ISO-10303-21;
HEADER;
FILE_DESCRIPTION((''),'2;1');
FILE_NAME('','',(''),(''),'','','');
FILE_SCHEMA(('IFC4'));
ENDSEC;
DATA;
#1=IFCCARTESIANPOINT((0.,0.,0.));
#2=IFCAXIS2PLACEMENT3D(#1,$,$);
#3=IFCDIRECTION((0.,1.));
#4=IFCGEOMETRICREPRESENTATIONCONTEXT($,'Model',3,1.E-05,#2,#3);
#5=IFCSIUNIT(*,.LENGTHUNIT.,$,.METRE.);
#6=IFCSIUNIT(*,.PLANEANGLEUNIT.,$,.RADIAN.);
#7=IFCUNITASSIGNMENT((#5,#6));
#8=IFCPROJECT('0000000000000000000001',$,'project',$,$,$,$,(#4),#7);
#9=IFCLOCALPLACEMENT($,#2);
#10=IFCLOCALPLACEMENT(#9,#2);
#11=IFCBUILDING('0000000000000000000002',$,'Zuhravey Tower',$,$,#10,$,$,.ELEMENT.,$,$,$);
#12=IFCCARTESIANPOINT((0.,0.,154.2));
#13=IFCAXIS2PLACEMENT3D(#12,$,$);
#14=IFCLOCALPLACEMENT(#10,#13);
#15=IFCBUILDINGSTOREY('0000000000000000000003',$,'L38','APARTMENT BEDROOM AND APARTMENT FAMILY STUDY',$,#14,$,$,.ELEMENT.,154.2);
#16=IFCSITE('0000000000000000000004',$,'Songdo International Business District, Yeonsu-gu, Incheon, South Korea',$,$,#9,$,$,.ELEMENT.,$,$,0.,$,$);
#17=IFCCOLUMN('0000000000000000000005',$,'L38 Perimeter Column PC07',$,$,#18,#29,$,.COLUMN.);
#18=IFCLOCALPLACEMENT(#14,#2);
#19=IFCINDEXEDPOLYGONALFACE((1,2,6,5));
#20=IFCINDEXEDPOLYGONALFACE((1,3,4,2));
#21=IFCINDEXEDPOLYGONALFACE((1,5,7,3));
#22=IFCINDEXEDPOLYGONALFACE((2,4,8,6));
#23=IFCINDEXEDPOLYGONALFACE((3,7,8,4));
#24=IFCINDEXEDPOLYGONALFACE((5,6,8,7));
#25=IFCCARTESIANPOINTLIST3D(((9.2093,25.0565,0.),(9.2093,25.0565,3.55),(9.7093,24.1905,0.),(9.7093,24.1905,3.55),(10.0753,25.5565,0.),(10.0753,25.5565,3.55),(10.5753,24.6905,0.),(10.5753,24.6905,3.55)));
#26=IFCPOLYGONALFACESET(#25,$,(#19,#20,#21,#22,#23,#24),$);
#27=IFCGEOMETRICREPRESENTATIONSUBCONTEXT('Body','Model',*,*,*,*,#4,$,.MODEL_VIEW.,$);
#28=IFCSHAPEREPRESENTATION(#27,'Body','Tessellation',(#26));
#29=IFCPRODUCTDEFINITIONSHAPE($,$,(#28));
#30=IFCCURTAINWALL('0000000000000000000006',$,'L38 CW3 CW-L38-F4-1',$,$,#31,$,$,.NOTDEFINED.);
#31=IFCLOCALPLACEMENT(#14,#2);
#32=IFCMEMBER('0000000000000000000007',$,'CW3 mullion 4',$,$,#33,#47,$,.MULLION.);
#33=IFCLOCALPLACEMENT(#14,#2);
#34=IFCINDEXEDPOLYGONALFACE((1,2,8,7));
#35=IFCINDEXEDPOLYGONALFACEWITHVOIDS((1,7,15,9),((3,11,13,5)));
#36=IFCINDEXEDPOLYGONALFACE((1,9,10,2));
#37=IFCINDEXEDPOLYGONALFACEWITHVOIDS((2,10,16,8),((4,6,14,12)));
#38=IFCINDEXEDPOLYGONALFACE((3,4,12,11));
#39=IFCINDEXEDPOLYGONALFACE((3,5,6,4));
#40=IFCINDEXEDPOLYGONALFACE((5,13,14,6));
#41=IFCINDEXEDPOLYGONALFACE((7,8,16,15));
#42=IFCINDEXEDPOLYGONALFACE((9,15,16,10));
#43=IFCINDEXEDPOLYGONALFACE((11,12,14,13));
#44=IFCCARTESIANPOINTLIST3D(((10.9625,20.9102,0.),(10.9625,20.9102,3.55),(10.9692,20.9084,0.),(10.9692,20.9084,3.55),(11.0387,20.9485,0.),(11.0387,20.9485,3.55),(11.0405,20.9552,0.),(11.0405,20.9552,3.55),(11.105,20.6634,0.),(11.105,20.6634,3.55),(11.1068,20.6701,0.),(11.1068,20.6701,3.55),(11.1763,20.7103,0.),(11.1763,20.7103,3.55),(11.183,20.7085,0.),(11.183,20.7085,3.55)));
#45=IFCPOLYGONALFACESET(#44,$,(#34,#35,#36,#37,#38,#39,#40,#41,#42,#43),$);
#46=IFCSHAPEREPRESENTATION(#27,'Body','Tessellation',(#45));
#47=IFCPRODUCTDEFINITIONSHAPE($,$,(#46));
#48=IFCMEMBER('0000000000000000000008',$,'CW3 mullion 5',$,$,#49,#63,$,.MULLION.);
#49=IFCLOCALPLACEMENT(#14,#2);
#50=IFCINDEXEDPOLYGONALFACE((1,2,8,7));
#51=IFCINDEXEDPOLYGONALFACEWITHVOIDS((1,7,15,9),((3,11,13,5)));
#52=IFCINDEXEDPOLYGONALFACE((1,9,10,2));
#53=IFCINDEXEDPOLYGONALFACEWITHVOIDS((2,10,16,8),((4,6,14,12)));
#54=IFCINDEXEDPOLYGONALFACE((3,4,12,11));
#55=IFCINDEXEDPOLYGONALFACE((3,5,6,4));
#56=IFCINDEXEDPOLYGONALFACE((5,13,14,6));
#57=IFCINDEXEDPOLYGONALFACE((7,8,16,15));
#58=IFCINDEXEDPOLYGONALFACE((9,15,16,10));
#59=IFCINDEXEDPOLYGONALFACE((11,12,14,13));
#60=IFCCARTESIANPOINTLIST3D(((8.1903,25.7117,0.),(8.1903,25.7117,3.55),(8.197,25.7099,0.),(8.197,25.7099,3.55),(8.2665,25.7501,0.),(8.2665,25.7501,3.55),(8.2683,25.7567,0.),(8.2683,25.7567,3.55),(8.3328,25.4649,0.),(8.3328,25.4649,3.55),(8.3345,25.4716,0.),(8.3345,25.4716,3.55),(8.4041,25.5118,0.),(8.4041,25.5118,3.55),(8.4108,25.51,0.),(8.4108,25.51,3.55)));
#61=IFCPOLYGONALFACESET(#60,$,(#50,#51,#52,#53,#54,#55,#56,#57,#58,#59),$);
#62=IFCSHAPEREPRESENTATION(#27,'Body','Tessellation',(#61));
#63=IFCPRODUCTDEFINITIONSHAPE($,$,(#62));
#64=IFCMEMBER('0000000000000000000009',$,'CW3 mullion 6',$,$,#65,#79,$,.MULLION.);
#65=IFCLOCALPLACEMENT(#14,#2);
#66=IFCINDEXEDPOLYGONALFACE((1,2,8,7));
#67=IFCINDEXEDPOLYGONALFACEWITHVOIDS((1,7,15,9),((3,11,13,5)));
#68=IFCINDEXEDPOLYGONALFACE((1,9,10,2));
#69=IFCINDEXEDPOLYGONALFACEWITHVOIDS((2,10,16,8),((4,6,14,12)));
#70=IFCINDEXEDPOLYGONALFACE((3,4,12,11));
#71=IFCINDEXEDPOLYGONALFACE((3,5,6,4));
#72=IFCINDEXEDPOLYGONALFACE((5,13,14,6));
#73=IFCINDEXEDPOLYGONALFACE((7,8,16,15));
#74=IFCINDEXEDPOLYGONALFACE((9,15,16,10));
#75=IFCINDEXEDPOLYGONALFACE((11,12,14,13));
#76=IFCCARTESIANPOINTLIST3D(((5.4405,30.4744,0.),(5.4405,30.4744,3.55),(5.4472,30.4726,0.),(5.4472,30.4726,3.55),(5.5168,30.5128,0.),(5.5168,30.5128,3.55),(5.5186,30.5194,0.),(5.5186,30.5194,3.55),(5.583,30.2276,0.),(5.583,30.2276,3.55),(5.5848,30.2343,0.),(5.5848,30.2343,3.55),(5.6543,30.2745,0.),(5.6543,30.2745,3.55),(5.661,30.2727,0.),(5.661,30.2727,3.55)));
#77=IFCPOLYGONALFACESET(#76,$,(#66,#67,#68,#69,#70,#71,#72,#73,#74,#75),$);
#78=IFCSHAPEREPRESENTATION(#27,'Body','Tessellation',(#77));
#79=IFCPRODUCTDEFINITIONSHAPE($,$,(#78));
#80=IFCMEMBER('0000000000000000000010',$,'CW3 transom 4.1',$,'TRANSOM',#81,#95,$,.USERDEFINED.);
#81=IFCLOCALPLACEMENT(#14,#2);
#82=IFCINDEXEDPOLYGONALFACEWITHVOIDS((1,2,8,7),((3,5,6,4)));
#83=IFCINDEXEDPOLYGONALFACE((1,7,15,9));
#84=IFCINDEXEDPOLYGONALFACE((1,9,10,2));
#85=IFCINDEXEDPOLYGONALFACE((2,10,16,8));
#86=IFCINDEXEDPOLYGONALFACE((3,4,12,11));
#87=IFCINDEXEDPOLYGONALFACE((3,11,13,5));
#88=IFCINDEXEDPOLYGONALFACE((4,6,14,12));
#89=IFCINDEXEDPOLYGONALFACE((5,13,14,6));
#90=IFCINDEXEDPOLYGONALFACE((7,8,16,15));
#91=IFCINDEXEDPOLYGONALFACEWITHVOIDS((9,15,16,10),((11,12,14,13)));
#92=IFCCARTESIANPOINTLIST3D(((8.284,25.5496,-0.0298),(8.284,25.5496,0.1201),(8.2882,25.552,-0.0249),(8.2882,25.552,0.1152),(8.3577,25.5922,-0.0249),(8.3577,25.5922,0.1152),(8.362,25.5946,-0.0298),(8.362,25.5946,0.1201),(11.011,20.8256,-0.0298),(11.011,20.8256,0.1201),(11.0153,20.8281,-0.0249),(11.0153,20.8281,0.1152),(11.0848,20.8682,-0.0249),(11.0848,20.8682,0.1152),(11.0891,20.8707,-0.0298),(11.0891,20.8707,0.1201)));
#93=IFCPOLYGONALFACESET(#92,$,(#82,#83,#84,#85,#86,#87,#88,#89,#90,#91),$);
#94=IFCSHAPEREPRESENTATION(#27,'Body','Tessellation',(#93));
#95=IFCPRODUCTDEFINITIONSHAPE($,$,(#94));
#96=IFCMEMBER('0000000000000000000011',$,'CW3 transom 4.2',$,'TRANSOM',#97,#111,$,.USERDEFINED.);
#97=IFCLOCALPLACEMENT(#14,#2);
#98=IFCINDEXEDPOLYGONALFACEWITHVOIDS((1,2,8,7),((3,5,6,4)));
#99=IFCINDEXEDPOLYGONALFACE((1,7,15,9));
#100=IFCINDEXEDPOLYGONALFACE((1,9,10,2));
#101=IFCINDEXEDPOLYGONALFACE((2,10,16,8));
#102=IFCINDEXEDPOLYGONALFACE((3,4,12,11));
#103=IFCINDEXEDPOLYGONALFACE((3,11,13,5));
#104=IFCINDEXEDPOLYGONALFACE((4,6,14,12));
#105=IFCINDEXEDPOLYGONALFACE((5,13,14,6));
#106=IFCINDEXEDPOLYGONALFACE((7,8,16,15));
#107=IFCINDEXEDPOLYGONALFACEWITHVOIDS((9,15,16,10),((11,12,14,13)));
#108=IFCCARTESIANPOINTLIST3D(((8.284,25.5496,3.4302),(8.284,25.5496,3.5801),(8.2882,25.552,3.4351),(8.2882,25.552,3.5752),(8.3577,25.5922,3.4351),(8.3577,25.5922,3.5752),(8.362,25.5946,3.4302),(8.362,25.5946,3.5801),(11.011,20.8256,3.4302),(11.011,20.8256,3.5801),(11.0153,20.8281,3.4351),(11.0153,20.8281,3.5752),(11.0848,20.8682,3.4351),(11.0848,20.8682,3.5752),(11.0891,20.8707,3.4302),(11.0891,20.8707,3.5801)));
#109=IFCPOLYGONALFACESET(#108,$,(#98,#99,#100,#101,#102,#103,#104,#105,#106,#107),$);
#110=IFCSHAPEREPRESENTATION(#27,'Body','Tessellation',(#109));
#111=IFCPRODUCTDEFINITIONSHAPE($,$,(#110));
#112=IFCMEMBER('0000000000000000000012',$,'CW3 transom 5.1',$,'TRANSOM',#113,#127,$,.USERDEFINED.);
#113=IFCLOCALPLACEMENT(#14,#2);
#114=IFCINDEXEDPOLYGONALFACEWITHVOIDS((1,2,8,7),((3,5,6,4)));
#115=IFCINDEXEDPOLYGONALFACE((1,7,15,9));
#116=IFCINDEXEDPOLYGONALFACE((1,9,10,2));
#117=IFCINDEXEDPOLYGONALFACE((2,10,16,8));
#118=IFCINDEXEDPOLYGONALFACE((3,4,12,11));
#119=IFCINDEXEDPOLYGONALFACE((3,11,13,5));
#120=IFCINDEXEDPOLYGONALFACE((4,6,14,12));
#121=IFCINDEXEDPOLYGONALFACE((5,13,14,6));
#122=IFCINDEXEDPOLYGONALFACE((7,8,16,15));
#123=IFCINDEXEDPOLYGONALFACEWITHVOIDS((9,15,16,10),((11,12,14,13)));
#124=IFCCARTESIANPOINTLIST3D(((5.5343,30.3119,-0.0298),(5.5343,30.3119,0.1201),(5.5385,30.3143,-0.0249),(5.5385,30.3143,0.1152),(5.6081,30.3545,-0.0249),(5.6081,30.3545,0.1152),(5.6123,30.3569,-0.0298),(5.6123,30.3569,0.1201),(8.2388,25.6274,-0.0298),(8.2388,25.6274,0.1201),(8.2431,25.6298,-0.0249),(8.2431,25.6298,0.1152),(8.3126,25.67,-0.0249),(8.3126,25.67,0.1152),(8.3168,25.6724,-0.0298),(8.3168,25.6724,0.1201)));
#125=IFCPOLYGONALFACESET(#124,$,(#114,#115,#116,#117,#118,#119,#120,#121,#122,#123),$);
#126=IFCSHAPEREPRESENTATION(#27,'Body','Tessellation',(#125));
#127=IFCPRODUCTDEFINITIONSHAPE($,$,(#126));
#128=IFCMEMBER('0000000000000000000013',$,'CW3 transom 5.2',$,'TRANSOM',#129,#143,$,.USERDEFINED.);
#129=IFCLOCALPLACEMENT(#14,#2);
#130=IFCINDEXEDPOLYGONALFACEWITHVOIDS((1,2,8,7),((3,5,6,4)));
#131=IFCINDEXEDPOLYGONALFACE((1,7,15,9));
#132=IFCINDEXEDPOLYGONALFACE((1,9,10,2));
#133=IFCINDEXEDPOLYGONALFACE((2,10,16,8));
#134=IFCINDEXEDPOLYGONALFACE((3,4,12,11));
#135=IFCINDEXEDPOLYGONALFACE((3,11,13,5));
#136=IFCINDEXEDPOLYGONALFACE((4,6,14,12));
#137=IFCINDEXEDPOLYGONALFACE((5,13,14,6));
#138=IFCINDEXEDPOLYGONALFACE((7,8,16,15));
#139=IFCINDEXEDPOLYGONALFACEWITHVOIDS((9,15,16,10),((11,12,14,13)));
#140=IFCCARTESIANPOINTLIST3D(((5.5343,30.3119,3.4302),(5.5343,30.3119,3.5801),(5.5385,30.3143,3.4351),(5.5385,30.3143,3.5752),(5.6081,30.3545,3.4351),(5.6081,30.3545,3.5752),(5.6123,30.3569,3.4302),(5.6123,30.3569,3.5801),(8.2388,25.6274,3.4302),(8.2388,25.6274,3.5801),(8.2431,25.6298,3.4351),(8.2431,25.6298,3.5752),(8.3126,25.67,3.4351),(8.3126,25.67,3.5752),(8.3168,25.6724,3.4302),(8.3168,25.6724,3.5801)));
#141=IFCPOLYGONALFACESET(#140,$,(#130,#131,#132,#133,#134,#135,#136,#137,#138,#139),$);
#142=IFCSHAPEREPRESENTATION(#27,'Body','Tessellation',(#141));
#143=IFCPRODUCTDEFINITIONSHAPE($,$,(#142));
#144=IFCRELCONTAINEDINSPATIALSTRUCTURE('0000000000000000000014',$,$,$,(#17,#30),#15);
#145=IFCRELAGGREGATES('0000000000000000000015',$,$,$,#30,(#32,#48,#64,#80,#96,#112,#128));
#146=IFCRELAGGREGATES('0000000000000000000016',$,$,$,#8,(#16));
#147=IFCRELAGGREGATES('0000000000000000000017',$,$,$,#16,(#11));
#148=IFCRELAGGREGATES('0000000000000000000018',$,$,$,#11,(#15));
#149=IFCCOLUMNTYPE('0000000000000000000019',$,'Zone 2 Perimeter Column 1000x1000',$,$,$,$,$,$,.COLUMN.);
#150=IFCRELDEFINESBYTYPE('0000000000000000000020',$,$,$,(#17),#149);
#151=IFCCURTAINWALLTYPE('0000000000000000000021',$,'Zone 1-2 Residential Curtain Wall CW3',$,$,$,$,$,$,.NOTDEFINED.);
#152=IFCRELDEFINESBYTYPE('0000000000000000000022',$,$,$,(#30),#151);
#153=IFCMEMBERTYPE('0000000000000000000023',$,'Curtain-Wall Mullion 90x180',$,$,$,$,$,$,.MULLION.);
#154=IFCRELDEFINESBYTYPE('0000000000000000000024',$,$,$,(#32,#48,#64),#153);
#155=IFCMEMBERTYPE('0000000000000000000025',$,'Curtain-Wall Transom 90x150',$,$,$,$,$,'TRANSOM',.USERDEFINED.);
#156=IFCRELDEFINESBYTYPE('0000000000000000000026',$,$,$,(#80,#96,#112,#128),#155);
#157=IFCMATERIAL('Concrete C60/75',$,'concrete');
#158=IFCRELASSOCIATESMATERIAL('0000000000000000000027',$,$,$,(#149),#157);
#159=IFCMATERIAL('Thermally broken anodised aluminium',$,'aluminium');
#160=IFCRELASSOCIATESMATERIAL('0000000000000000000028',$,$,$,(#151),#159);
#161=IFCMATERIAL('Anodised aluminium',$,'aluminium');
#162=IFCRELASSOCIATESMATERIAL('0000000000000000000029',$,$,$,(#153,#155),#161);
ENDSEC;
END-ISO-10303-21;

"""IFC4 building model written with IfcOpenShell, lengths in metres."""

from ifc_helpers import new_model, si_unit, direction, frame, origin, origin_2d, place, context, subcontext, project, spatial, rectangle, hollow_rectangle, extrude, material, material_profile, profile_set, type_object, element, aggregate, save


model = new_model("IFC4")

# Units and contexts
model_context = context("Model", 3, precision=1e-05, world=origin(), true_north=direction((0.0, 1.0)))
body_context = subcontext(model_context, "Body", "Model", "MODEL_VIEW")
ifc_project = project(units=[si_unit("LENGTHUNIT", "METRE"), si_unit("PLANEANGLEUNIT", "RADIAN")], contexts=[model_context])

# Site, building, storey
site_placement = place(None, origin())
site = spatial("IfcSite", under=ifc_project, at=site_placement, Name="Songdo International Business District, Yeonsu-gu, Incheon, South Korea", CompositionType="ELEMENT", RefElevation=0.0)
building_placement = place(site_placement, origin())
building = spatial("IfcBuilding", under=site, at=building_placement, Name="Zuhravey Tower", CompositionType="ELEMENT")
storey_placement = place(building_placement, frame((0.0, 0.0, 154.2)))
storey = spatial("IfcBuildingStorey", under=building, at=storey_placement, Name="L38", Description="APARTMENT BEDROOM AND APARTMENT FAMILY STUDY", CompositionType="ELEMENT", Elevation=154.2)

# Column
ifc_material_1 = material(Name="Concrete C60/75", Category="concrete")
ifc_material_profile_1 = material_profile(ifc_material_1, rectangle(XDim=1.0, YDim=1.0, at=origin_2d()), Name="RC-1000x1000")
ifc_profile_set_1 = profile_set([ifc_material_profile_1], Name="Concrete C60/75")
column_type = type_object("IfcColumnType", Name="Zone 2 Perimeter Column 1000x1000", PredefinedType="COLUMN", material=ifc_profile_set_1)
column_placement = place(storey_placement, frame((9.8923, 24.8735, 0.0), z_axis=(0.0, 0.0, 1.0), x_axis=(0.5, -0.866025, 0.0)))
element("IfcColumn", 1, at=column_placement, inside=storey, type_object=column_type, Name="L38 Perimeter Column PC07", PredefinedType="COLUMN", context=body_context, shape_type="SweptSolid", body=[
    extrude(rectangle(XDim=1.0, YDim=1.0, at=origin_2d()), origin(), (0.0, 0.0, 1.0), 3.55),
])

# Curtain wall, members
ifc_material_2 = material(Name="Thermally broken anodised aluminium", Category="aluminium")
curtain_wall_type = type_object("IfcCurtainWallType", Name="Zone 1-2 Residential Curtain Wall CW3", PredefinedType="NOTDEFINED", material=ifc_material_2)
curtain_wall_placement = place(storey_placement, origin())
curtain_wall = element("IfcCurtainWall", 2, at=curtain_wall_placement, inside=storey, type_object=curtain_wall_type, Name="L38 CW3 CW-L38-F4-1", PredefinedType="NOTDEFINED")
ifc_material_3 = material(Name="Anodised aluminium", Category="aluminium")
ifc_material_profile_2 = material_profile(ifc_material_3, hollow_rectangle(XDim=0.0901, YDim=0.2849, WallThickness=0.0049, at=origin_2d()), Name="ALU-RHS-90x285x5")
ifc_profile_set_2 = profile_set([ifc_material_profile_2], Name="Anodised aluminium")
member_type_1 = type_object("IfcMemberType", Name="Curtain-Wall Mullion 90x180", PredefinedType="MULLION", material=ifc_profile_set_2)
member_1_placement = place(storey_placement, frame((11.0728, 20.8093, 0.0), z_axis=(0.0, 0.0, 1.0), x_axis=(-0.866025, -0.5, 0.0)))
member_1 = element("IfcMember", 3, at=member_1_placement, type_object=member_type_1, Name="CW3 mullion 4", PredefinedType="MULLION", context=body_context, shape_type="SweptSolid", body=[
    extrude(hollow_rectangle(XDim=0.0901, YDim=0.2849, WallThickness=0.0049, at=origin_2d()), origin(), (0.0, 0.0, 1.0), 3.55),
])
member_2_placement = place(storey_placement, frame((8.3005, 25.6108, 0.0), z_axis=(0.0, 0.0, 1.0), x_axis=(-0.866025, -0.5, 0.0)))
member_2 = element("IfcMember", 4, at=member_2_placement, type_object=member_type_1, Name="CW3 mullion 5", PredefinedType="MULLION", context=body_context, shape_type="SweptSolid", body=[
    extrude(hollow_rectangle(XDim=0.0901, YDim=0.2849, WallThickness=0.0049, at=origin_2d()), origin(), (0.0, 0.0, 1.0), 3.55),
])
member_3_placement = place(storey_placement, frame((5.5508, 30.3735, 0.0), z_axis=(0.0, 0.0, 1.0), x_axis=(-0.866025, -0.5, 0.0)))
member_3 = element("IfcMember", 5, at=member_3_placement, type_object=member_type_1, Name="CW3 mullion 6", PredefinedType="MULLION", context=body_context, shape_type="SweptSolid", body=[
    extrude(hollow_rectangle(XDim=0.0901, YDim=0.2849, WallThickness=0.0049, at=origin_2d()), origin(), (0.0, 0.0, 1.0), 3.55),
])
ifc_material_profile_3 = material_profile(ifc_material_3, hollow_rectangle(XDim=0.0901, YDim=0.1499, WallThickness=0.0049, at=origin_2d()), Name="ALU-RHS-90x150x5")
ifc_profile_set_3 = profile_set([ifc_material_profile_3], Name="Anodised aluminium")
member_type_2 = type_object("IfcMemberType", Name="Curtain-Wall Transom 90x150", ElementType="TRANSOM", PredefinedType="USERDEFINED", material=ifc_profile_set_3)
member_4_placement = place(storey_placement, frame((11.05, 20.8481, 0.0452), z_axis=(-0.499961, 0.866048, 0.0), x_axis=(-0.866048, -0.499961, 0.0)))
member_4 = element("IfcMember", 6, at=member_4_placement, type_object=member_type_2, Name="CW3 transom 4.1", ObjectType="TRANSOM", PredefinedType="USERDEFINED", context=body_context, shape_type="SweptSolid", body=[
    extrude(hollow_rectangle(XDim=0.0901, YDim=0.1499, WallThickness=0.0049, at=origin_2d()), origin(), (0.0, 0.0, 1.0), 5.4546),
])
member_5_placement = place(storey_placement, frame((11.05, 20.8481, 3.5051), z_axis=(-0.499961, 0.866048, 0.0), x_axis=(-0.866048, -0.499961, 0.0)))
member_5 = element("IfcMember", 7, at=member_5_placement, type_object=member_type_2, Name="CW3 transom 4.2", ObjectType="TRANSOM", PredefinedType="USERDEFINED", context=body_context, shape_type="SweptSolid", body=[
    extrude(hollow_rectangle(XDim=0.0901, YDim=0.1499, WallThickness=0.0049, at=origin_2d()), origin(), (0.0, 0.0, 1.0), 5.4546),
])
member_6_placement = place(storey_placement, frame((8.2778, 25.6499, 0.0452), z_axis=(-0.499993, 0.866029, 0.0), x_axis=(-0.866029, -0.499993, 0.0)))
member_6 = element("IfcMember", 8, at=member_6_placement, type_object=member_type_2, Name="CW3 transom 5.1", ObjectType="TRANSOM", PredefinedType="USERDEFINED", context=body_context, shape_type="SweptSolid", body=[
    extrude(hollow_rectangle(XDim=0.0901, YDim=0.1499, WallThickness=0.0049, at=origin_2d()), origin(), (0.0, 0.0, 1.0), 5.4092),
])
member_7_placement = place(storey_placement, frame((8.2778, 25.6499, 3.5051), z_axis=(-0.499993, 0.866029, 0.0), x_axis=(-0.866029, -0.499993, 0.0)))
member_7 = element("IfcMember", 9, at=member_7_placement, type_object=member_type_2, Name="CW3 transom 5.2", ObjectType="TRANSOM", PredefinedType="USERDEFINED", context=body_context, shape_type="SweptSolid", body=[
    extrude(hollow_rectangle(XDim=0.0901, YDim=0.1499, WallThickness=0.0049, at=origin_2d()), origin(), (0.0, 0.0, 1.0), 5.4092),
])

aggregate(curtain_wall, [member_1, member_2, member_3, member_4, member_5, member_6, member_7])

save(model, "model.ifc")
